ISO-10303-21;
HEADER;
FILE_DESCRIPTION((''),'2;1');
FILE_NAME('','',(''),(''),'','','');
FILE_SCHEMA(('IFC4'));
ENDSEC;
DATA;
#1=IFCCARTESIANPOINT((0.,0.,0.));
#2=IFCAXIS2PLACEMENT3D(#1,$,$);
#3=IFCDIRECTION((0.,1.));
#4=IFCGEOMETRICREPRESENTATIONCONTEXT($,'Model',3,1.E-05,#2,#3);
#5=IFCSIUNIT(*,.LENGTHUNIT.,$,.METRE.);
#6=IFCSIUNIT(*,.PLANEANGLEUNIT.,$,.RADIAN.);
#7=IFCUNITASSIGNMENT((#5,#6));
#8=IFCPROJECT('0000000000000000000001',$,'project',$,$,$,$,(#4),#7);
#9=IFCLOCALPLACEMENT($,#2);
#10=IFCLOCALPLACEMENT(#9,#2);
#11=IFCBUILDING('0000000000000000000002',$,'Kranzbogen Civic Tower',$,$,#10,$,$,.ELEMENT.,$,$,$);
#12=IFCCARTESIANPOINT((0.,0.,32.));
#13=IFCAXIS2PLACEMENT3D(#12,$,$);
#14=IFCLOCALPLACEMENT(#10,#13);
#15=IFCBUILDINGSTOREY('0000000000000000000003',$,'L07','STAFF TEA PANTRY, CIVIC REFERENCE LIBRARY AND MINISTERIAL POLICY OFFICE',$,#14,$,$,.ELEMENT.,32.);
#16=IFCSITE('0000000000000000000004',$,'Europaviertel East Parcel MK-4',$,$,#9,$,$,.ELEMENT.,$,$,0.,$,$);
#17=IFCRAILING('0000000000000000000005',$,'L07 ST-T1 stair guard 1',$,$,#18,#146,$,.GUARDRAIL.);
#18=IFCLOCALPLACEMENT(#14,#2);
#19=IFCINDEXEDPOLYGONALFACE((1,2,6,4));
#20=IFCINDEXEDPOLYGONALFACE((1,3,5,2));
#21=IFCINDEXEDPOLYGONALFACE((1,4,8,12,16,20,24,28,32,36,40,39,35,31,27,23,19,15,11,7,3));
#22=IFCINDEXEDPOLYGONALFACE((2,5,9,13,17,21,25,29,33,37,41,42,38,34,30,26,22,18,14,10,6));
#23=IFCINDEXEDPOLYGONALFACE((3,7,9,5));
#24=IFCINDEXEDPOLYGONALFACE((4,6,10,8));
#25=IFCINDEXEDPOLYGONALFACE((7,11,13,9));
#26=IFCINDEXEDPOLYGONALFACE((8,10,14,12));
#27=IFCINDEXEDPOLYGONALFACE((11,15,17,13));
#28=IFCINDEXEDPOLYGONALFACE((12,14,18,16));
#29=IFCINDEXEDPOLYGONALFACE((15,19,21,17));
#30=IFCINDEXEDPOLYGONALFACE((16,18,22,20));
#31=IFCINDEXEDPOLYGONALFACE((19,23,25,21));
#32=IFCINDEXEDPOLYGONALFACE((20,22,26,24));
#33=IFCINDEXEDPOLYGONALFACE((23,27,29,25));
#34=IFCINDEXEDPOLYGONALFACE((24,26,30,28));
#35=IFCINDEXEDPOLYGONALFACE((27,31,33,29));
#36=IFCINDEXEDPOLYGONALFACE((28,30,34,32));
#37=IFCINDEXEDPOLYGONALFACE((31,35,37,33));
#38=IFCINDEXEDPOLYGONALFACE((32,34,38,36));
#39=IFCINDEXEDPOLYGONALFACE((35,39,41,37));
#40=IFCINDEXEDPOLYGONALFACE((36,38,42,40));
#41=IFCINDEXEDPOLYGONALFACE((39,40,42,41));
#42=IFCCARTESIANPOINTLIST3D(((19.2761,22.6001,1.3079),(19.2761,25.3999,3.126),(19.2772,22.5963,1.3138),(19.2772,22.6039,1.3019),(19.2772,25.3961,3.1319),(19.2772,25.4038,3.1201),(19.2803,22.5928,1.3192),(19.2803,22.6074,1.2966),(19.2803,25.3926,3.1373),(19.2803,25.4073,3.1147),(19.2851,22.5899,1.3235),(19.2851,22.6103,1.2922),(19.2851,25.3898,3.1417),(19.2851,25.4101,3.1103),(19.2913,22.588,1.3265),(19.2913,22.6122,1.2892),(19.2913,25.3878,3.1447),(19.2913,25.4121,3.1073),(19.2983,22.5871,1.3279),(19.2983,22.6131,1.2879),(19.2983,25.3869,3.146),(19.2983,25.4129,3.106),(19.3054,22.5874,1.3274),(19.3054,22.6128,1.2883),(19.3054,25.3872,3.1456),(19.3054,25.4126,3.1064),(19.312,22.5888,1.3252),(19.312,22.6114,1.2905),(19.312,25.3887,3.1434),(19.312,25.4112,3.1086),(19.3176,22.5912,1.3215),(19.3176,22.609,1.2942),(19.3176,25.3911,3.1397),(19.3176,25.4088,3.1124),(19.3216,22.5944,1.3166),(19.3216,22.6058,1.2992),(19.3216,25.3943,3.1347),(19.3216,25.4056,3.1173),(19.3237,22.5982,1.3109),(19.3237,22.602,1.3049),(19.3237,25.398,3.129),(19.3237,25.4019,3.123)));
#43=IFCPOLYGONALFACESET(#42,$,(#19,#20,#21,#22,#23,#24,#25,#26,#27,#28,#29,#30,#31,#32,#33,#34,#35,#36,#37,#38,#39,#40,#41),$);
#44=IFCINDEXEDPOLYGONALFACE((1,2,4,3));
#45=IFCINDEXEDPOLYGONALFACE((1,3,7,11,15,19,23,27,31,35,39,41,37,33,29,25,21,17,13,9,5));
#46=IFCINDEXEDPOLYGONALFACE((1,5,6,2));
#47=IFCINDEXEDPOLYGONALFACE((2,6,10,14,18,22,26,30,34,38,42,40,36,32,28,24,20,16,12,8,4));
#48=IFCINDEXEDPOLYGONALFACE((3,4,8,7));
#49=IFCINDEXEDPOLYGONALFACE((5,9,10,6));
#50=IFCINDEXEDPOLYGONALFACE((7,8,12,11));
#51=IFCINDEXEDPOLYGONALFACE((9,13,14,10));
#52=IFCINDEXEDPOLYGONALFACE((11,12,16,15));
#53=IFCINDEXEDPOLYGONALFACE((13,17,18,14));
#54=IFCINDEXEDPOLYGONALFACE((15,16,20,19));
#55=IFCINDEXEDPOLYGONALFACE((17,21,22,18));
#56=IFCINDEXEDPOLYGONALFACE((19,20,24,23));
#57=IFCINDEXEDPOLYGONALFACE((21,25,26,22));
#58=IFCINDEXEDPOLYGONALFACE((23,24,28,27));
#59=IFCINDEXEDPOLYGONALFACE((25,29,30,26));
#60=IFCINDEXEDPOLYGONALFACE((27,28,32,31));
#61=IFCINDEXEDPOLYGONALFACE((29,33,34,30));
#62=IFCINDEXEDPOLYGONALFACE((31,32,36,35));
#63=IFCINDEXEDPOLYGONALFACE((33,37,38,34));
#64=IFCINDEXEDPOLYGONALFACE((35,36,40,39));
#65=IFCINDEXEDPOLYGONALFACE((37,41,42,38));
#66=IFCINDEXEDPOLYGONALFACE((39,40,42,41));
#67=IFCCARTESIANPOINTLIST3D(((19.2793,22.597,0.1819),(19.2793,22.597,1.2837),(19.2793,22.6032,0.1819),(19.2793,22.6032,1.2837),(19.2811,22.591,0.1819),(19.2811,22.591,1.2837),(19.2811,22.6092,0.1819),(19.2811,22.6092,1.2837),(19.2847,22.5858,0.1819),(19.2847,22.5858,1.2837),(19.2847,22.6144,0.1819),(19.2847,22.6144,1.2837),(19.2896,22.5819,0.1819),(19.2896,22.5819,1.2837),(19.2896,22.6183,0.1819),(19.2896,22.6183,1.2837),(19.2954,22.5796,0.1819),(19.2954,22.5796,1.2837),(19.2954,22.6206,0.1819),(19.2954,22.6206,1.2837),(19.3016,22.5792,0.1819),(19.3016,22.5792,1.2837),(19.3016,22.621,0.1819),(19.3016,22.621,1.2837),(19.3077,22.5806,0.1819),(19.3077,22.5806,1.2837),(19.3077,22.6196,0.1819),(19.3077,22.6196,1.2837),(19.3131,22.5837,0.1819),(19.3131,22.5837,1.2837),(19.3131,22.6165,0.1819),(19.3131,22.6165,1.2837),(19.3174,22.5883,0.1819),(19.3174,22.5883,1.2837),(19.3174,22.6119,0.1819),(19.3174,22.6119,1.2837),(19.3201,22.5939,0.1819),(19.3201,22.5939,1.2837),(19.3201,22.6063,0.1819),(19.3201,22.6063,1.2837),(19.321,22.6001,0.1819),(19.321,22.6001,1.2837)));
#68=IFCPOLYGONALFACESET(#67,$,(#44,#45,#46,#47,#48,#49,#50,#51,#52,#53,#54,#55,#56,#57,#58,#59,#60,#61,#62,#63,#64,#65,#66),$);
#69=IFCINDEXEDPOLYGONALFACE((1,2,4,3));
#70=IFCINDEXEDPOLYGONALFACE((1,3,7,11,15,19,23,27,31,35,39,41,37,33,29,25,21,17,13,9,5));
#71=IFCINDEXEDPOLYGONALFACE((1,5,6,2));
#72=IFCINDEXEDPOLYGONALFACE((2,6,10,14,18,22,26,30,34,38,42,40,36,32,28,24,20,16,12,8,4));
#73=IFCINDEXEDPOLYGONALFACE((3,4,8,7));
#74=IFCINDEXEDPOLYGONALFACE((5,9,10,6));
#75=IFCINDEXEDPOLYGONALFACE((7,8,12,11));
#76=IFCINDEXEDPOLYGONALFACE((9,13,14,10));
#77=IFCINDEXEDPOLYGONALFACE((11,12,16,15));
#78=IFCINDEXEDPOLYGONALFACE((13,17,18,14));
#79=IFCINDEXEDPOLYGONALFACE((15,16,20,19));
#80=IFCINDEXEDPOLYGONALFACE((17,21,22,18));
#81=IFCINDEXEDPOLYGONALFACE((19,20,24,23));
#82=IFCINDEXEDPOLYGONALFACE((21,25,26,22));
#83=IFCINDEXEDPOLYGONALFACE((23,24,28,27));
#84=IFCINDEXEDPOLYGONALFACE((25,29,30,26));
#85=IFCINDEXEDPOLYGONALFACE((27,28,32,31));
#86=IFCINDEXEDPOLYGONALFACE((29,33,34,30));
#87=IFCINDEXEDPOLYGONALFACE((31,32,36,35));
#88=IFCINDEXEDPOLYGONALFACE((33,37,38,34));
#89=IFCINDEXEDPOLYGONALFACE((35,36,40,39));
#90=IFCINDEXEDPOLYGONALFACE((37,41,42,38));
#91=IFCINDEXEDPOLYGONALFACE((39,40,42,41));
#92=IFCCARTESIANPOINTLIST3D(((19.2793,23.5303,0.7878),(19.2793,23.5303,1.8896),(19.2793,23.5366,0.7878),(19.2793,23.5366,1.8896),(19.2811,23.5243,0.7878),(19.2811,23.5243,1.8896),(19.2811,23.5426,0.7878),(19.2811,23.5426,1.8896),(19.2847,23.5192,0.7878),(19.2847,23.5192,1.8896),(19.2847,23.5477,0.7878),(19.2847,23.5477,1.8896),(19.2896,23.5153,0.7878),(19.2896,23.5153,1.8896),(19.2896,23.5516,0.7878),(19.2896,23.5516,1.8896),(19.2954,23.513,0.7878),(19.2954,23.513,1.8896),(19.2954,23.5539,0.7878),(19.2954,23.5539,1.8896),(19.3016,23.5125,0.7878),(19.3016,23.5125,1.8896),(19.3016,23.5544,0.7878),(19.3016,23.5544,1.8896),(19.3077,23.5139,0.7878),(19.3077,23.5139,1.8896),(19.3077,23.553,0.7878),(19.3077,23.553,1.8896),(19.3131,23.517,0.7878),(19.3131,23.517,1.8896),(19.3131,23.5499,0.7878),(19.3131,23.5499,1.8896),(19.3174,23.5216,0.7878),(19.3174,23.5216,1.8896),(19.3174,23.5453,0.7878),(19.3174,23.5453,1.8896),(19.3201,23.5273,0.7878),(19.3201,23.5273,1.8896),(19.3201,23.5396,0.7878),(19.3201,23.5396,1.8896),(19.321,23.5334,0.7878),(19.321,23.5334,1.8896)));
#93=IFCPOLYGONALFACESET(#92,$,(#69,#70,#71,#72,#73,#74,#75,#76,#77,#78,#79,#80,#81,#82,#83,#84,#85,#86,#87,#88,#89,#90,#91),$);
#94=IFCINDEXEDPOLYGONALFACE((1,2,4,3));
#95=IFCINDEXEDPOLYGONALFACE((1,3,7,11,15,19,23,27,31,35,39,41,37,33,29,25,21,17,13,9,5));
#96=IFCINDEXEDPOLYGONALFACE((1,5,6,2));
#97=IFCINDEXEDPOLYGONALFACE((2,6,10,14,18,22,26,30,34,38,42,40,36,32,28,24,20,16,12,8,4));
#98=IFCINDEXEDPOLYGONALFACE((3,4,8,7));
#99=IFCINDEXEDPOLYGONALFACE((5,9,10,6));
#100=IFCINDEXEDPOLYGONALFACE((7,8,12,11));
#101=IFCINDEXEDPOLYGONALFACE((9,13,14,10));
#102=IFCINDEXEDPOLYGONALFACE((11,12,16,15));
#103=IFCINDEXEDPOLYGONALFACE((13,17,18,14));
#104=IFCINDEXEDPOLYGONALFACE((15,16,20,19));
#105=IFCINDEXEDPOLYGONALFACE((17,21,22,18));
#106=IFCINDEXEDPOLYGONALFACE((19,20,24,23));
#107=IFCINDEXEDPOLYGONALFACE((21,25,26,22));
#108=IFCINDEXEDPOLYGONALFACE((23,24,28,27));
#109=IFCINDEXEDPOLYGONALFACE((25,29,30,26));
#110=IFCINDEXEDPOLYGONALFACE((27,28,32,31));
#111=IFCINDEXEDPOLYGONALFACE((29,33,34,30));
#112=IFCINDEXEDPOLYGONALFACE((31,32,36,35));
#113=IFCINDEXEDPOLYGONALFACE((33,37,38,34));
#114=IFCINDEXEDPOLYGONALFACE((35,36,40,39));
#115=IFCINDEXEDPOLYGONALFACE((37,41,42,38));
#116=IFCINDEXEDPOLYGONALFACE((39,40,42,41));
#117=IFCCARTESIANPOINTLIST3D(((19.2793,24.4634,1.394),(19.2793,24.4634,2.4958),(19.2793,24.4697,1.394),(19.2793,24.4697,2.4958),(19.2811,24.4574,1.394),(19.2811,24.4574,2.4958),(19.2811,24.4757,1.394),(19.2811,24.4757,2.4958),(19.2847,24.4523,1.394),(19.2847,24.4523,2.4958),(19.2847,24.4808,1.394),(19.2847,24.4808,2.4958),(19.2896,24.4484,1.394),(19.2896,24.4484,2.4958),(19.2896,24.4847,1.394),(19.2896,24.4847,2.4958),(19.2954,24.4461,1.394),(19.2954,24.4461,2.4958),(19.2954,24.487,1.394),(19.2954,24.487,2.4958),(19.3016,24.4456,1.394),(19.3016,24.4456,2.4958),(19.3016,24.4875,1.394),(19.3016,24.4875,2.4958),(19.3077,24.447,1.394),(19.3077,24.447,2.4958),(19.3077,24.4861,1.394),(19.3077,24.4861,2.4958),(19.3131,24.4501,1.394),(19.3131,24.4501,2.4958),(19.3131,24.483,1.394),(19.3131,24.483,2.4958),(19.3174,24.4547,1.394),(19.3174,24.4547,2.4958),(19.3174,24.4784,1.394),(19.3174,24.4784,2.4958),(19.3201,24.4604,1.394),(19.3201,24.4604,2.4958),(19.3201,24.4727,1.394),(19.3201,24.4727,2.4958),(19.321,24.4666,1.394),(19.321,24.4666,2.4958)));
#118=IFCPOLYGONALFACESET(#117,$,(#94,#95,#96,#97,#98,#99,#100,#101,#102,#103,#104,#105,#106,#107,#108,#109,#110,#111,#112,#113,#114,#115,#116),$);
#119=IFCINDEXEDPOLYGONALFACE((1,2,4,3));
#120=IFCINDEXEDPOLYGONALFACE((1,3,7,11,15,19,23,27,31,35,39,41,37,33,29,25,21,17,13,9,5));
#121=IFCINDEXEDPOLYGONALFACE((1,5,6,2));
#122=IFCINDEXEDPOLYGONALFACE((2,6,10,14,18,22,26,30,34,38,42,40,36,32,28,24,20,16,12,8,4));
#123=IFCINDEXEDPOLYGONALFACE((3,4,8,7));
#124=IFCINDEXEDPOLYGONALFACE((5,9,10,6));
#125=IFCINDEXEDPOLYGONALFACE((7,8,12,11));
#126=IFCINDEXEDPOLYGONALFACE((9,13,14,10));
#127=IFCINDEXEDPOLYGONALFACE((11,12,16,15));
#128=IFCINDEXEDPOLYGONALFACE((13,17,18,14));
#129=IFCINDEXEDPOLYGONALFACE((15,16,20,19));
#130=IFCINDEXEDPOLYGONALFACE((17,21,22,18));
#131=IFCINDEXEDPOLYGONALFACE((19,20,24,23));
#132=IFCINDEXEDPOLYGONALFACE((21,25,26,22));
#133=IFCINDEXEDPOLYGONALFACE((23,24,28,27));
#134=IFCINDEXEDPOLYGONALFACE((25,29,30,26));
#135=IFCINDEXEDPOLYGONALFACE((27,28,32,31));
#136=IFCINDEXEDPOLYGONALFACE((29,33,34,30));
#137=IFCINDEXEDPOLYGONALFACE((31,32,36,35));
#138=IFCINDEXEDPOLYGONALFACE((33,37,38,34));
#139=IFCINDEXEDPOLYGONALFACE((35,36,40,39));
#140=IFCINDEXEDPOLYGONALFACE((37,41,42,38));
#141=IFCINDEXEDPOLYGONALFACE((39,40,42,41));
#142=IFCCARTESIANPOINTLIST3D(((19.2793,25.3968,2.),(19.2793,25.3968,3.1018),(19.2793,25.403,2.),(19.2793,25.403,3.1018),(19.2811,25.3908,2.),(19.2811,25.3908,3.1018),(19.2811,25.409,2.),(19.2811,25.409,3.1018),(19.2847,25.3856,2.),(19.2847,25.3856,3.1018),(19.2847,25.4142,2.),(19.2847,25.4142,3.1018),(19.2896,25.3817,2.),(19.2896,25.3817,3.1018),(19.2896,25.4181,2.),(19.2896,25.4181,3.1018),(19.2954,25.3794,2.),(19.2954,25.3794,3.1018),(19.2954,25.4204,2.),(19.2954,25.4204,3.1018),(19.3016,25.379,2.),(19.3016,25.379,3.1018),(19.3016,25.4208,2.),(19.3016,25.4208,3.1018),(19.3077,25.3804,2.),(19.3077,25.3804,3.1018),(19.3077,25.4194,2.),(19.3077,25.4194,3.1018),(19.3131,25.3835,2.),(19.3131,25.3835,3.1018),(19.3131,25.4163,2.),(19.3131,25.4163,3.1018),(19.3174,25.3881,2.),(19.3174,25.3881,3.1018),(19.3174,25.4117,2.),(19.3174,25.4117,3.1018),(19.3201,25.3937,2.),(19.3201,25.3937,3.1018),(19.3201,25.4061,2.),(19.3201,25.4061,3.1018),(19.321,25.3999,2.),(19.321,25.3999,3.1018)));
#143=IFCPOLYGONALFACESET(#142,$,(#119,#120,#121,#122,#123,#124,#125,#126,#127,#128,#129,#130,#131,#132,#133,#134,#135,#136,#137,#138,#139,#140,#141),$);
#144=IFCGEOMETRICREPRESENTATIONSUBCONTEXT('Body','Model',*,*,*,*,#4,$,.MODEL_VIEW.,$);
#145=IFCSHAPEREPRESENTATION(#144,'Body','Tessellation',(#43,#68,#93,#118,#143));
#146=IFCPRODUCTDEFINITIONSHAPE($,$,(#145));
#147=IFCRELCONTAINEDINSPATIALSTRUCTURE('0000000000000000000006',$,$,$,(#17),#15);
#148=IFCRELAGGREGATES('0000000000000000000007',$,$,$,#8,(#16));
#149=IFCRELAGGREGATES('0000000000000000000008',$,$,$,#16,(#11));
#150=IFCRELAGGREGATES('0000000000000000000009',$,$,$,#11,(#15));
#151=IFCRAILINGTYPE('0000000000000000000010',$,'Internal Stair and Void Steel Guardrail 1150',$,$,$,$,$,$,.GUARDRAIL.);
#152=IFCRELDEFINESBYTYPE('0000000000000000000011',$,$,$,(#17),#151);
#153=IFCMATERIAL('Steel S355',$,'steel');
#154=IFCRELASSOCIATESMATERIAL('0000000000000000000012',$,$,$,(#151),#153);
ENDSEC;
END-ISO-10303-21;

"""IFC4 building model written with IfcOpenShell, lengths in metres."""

from ifc_helpers import new_model, si_unit, direction, frame, origin, origin_2d, place, context, subcontext, project, spatial, circle, extrude, material, type_object, element, save


model = new_model("IFC4")

# Units and contexts
model_context = context("Model", 3, precision=1e-05, world=origin(), true_north=direction((0.0, 1.0)))
body_context = subcontext(model_context, "Body", "Model", "MODEL_VIEW")
ifc_project = project(units=[si_unit("LENGTHUNIT", "METRE"), si_unit("PLANEANGLEUNIT", "RADIAN")], contexts=[model_context])

# Site, building, storey
site_placement = place(None, origin())
site = spatial("IfcSite", under=ifc_project, at=site_placement, Name="Europaviertel East Parcel MK-4", CompositionType="ELEMENT", RefElevation=0.0)
building_placement = place(site_placement, origin())
building = spatial("IfcBuilding", under=site, at=building_placement, Name="Kranzbogen Civic Tower", CompositionType="ELEMENT")
storey_placement = place(building_placement, frame((0.0, 0.0, 32.0)))
storey = spatial("IfcBuildingStorey", under=building, at=storey_placement, Name="L07", Description="STAFF TEA PANTRY, CIVIC REFERENCE LIBRARY AND MINISTERIAL POLICY OFFICE", CompositionType="ELEMENT", Elevation=32.0)

# Shared definitions
ifc_material_1 = material(Name="Steel S355", Category="steel")

# Railing
railing_type_1 = type_object("IfcRailingType", Name="Internal Stair and Void Steel Guardrail 1150", PredefinedType="GUARDRAIL", material=ifc_material_1)
railing_1_placement = place(storey_placement, frame((19.3, 22.6001, 0.1819)))
element("IfcRailing", 1, at=railing_1_placement, inside=storey, type_object=railing_type_1, Name="L07 ST-T1 stair guard 1", PredefinedType="GUARDRAIL", context=body_context, shape_type="SweptSolid", body=[
    extrude(circle(Radius=0.0239, at=origin_2d()), frame((0.0, 0.0, 1.126), z_axis=(0.0, 0.838684, 0.544618), x_axis=(-1.0, 0.0, 0.0)), (0.0, 0.0, 1.0), 3.3384),
    extrude(circle(Radius=0.021, at=origin_2d()), origin(), (0.0, 0.0, 1.0), 1.1018),
    extrude(circle(Radius=0.021, at=origin_2d()), frame((0.0, 0.9333, 0.606)), (0.0, 0.0, 1.0), 1.1018),
    extrude(circle(Radius=0.021, at=origin_2d()), frame((0.0, 1.8665, 1.2122)), (0.0, 0.0, 1.0), 1.1018),
    extrude(circle(Radius=0.021, at=origin_2d()), frame((0.0, 2.7998, 1.8181)), (0.0, 0.0, 1.0), 1.1018),
])

save(model, "model.ifc")
